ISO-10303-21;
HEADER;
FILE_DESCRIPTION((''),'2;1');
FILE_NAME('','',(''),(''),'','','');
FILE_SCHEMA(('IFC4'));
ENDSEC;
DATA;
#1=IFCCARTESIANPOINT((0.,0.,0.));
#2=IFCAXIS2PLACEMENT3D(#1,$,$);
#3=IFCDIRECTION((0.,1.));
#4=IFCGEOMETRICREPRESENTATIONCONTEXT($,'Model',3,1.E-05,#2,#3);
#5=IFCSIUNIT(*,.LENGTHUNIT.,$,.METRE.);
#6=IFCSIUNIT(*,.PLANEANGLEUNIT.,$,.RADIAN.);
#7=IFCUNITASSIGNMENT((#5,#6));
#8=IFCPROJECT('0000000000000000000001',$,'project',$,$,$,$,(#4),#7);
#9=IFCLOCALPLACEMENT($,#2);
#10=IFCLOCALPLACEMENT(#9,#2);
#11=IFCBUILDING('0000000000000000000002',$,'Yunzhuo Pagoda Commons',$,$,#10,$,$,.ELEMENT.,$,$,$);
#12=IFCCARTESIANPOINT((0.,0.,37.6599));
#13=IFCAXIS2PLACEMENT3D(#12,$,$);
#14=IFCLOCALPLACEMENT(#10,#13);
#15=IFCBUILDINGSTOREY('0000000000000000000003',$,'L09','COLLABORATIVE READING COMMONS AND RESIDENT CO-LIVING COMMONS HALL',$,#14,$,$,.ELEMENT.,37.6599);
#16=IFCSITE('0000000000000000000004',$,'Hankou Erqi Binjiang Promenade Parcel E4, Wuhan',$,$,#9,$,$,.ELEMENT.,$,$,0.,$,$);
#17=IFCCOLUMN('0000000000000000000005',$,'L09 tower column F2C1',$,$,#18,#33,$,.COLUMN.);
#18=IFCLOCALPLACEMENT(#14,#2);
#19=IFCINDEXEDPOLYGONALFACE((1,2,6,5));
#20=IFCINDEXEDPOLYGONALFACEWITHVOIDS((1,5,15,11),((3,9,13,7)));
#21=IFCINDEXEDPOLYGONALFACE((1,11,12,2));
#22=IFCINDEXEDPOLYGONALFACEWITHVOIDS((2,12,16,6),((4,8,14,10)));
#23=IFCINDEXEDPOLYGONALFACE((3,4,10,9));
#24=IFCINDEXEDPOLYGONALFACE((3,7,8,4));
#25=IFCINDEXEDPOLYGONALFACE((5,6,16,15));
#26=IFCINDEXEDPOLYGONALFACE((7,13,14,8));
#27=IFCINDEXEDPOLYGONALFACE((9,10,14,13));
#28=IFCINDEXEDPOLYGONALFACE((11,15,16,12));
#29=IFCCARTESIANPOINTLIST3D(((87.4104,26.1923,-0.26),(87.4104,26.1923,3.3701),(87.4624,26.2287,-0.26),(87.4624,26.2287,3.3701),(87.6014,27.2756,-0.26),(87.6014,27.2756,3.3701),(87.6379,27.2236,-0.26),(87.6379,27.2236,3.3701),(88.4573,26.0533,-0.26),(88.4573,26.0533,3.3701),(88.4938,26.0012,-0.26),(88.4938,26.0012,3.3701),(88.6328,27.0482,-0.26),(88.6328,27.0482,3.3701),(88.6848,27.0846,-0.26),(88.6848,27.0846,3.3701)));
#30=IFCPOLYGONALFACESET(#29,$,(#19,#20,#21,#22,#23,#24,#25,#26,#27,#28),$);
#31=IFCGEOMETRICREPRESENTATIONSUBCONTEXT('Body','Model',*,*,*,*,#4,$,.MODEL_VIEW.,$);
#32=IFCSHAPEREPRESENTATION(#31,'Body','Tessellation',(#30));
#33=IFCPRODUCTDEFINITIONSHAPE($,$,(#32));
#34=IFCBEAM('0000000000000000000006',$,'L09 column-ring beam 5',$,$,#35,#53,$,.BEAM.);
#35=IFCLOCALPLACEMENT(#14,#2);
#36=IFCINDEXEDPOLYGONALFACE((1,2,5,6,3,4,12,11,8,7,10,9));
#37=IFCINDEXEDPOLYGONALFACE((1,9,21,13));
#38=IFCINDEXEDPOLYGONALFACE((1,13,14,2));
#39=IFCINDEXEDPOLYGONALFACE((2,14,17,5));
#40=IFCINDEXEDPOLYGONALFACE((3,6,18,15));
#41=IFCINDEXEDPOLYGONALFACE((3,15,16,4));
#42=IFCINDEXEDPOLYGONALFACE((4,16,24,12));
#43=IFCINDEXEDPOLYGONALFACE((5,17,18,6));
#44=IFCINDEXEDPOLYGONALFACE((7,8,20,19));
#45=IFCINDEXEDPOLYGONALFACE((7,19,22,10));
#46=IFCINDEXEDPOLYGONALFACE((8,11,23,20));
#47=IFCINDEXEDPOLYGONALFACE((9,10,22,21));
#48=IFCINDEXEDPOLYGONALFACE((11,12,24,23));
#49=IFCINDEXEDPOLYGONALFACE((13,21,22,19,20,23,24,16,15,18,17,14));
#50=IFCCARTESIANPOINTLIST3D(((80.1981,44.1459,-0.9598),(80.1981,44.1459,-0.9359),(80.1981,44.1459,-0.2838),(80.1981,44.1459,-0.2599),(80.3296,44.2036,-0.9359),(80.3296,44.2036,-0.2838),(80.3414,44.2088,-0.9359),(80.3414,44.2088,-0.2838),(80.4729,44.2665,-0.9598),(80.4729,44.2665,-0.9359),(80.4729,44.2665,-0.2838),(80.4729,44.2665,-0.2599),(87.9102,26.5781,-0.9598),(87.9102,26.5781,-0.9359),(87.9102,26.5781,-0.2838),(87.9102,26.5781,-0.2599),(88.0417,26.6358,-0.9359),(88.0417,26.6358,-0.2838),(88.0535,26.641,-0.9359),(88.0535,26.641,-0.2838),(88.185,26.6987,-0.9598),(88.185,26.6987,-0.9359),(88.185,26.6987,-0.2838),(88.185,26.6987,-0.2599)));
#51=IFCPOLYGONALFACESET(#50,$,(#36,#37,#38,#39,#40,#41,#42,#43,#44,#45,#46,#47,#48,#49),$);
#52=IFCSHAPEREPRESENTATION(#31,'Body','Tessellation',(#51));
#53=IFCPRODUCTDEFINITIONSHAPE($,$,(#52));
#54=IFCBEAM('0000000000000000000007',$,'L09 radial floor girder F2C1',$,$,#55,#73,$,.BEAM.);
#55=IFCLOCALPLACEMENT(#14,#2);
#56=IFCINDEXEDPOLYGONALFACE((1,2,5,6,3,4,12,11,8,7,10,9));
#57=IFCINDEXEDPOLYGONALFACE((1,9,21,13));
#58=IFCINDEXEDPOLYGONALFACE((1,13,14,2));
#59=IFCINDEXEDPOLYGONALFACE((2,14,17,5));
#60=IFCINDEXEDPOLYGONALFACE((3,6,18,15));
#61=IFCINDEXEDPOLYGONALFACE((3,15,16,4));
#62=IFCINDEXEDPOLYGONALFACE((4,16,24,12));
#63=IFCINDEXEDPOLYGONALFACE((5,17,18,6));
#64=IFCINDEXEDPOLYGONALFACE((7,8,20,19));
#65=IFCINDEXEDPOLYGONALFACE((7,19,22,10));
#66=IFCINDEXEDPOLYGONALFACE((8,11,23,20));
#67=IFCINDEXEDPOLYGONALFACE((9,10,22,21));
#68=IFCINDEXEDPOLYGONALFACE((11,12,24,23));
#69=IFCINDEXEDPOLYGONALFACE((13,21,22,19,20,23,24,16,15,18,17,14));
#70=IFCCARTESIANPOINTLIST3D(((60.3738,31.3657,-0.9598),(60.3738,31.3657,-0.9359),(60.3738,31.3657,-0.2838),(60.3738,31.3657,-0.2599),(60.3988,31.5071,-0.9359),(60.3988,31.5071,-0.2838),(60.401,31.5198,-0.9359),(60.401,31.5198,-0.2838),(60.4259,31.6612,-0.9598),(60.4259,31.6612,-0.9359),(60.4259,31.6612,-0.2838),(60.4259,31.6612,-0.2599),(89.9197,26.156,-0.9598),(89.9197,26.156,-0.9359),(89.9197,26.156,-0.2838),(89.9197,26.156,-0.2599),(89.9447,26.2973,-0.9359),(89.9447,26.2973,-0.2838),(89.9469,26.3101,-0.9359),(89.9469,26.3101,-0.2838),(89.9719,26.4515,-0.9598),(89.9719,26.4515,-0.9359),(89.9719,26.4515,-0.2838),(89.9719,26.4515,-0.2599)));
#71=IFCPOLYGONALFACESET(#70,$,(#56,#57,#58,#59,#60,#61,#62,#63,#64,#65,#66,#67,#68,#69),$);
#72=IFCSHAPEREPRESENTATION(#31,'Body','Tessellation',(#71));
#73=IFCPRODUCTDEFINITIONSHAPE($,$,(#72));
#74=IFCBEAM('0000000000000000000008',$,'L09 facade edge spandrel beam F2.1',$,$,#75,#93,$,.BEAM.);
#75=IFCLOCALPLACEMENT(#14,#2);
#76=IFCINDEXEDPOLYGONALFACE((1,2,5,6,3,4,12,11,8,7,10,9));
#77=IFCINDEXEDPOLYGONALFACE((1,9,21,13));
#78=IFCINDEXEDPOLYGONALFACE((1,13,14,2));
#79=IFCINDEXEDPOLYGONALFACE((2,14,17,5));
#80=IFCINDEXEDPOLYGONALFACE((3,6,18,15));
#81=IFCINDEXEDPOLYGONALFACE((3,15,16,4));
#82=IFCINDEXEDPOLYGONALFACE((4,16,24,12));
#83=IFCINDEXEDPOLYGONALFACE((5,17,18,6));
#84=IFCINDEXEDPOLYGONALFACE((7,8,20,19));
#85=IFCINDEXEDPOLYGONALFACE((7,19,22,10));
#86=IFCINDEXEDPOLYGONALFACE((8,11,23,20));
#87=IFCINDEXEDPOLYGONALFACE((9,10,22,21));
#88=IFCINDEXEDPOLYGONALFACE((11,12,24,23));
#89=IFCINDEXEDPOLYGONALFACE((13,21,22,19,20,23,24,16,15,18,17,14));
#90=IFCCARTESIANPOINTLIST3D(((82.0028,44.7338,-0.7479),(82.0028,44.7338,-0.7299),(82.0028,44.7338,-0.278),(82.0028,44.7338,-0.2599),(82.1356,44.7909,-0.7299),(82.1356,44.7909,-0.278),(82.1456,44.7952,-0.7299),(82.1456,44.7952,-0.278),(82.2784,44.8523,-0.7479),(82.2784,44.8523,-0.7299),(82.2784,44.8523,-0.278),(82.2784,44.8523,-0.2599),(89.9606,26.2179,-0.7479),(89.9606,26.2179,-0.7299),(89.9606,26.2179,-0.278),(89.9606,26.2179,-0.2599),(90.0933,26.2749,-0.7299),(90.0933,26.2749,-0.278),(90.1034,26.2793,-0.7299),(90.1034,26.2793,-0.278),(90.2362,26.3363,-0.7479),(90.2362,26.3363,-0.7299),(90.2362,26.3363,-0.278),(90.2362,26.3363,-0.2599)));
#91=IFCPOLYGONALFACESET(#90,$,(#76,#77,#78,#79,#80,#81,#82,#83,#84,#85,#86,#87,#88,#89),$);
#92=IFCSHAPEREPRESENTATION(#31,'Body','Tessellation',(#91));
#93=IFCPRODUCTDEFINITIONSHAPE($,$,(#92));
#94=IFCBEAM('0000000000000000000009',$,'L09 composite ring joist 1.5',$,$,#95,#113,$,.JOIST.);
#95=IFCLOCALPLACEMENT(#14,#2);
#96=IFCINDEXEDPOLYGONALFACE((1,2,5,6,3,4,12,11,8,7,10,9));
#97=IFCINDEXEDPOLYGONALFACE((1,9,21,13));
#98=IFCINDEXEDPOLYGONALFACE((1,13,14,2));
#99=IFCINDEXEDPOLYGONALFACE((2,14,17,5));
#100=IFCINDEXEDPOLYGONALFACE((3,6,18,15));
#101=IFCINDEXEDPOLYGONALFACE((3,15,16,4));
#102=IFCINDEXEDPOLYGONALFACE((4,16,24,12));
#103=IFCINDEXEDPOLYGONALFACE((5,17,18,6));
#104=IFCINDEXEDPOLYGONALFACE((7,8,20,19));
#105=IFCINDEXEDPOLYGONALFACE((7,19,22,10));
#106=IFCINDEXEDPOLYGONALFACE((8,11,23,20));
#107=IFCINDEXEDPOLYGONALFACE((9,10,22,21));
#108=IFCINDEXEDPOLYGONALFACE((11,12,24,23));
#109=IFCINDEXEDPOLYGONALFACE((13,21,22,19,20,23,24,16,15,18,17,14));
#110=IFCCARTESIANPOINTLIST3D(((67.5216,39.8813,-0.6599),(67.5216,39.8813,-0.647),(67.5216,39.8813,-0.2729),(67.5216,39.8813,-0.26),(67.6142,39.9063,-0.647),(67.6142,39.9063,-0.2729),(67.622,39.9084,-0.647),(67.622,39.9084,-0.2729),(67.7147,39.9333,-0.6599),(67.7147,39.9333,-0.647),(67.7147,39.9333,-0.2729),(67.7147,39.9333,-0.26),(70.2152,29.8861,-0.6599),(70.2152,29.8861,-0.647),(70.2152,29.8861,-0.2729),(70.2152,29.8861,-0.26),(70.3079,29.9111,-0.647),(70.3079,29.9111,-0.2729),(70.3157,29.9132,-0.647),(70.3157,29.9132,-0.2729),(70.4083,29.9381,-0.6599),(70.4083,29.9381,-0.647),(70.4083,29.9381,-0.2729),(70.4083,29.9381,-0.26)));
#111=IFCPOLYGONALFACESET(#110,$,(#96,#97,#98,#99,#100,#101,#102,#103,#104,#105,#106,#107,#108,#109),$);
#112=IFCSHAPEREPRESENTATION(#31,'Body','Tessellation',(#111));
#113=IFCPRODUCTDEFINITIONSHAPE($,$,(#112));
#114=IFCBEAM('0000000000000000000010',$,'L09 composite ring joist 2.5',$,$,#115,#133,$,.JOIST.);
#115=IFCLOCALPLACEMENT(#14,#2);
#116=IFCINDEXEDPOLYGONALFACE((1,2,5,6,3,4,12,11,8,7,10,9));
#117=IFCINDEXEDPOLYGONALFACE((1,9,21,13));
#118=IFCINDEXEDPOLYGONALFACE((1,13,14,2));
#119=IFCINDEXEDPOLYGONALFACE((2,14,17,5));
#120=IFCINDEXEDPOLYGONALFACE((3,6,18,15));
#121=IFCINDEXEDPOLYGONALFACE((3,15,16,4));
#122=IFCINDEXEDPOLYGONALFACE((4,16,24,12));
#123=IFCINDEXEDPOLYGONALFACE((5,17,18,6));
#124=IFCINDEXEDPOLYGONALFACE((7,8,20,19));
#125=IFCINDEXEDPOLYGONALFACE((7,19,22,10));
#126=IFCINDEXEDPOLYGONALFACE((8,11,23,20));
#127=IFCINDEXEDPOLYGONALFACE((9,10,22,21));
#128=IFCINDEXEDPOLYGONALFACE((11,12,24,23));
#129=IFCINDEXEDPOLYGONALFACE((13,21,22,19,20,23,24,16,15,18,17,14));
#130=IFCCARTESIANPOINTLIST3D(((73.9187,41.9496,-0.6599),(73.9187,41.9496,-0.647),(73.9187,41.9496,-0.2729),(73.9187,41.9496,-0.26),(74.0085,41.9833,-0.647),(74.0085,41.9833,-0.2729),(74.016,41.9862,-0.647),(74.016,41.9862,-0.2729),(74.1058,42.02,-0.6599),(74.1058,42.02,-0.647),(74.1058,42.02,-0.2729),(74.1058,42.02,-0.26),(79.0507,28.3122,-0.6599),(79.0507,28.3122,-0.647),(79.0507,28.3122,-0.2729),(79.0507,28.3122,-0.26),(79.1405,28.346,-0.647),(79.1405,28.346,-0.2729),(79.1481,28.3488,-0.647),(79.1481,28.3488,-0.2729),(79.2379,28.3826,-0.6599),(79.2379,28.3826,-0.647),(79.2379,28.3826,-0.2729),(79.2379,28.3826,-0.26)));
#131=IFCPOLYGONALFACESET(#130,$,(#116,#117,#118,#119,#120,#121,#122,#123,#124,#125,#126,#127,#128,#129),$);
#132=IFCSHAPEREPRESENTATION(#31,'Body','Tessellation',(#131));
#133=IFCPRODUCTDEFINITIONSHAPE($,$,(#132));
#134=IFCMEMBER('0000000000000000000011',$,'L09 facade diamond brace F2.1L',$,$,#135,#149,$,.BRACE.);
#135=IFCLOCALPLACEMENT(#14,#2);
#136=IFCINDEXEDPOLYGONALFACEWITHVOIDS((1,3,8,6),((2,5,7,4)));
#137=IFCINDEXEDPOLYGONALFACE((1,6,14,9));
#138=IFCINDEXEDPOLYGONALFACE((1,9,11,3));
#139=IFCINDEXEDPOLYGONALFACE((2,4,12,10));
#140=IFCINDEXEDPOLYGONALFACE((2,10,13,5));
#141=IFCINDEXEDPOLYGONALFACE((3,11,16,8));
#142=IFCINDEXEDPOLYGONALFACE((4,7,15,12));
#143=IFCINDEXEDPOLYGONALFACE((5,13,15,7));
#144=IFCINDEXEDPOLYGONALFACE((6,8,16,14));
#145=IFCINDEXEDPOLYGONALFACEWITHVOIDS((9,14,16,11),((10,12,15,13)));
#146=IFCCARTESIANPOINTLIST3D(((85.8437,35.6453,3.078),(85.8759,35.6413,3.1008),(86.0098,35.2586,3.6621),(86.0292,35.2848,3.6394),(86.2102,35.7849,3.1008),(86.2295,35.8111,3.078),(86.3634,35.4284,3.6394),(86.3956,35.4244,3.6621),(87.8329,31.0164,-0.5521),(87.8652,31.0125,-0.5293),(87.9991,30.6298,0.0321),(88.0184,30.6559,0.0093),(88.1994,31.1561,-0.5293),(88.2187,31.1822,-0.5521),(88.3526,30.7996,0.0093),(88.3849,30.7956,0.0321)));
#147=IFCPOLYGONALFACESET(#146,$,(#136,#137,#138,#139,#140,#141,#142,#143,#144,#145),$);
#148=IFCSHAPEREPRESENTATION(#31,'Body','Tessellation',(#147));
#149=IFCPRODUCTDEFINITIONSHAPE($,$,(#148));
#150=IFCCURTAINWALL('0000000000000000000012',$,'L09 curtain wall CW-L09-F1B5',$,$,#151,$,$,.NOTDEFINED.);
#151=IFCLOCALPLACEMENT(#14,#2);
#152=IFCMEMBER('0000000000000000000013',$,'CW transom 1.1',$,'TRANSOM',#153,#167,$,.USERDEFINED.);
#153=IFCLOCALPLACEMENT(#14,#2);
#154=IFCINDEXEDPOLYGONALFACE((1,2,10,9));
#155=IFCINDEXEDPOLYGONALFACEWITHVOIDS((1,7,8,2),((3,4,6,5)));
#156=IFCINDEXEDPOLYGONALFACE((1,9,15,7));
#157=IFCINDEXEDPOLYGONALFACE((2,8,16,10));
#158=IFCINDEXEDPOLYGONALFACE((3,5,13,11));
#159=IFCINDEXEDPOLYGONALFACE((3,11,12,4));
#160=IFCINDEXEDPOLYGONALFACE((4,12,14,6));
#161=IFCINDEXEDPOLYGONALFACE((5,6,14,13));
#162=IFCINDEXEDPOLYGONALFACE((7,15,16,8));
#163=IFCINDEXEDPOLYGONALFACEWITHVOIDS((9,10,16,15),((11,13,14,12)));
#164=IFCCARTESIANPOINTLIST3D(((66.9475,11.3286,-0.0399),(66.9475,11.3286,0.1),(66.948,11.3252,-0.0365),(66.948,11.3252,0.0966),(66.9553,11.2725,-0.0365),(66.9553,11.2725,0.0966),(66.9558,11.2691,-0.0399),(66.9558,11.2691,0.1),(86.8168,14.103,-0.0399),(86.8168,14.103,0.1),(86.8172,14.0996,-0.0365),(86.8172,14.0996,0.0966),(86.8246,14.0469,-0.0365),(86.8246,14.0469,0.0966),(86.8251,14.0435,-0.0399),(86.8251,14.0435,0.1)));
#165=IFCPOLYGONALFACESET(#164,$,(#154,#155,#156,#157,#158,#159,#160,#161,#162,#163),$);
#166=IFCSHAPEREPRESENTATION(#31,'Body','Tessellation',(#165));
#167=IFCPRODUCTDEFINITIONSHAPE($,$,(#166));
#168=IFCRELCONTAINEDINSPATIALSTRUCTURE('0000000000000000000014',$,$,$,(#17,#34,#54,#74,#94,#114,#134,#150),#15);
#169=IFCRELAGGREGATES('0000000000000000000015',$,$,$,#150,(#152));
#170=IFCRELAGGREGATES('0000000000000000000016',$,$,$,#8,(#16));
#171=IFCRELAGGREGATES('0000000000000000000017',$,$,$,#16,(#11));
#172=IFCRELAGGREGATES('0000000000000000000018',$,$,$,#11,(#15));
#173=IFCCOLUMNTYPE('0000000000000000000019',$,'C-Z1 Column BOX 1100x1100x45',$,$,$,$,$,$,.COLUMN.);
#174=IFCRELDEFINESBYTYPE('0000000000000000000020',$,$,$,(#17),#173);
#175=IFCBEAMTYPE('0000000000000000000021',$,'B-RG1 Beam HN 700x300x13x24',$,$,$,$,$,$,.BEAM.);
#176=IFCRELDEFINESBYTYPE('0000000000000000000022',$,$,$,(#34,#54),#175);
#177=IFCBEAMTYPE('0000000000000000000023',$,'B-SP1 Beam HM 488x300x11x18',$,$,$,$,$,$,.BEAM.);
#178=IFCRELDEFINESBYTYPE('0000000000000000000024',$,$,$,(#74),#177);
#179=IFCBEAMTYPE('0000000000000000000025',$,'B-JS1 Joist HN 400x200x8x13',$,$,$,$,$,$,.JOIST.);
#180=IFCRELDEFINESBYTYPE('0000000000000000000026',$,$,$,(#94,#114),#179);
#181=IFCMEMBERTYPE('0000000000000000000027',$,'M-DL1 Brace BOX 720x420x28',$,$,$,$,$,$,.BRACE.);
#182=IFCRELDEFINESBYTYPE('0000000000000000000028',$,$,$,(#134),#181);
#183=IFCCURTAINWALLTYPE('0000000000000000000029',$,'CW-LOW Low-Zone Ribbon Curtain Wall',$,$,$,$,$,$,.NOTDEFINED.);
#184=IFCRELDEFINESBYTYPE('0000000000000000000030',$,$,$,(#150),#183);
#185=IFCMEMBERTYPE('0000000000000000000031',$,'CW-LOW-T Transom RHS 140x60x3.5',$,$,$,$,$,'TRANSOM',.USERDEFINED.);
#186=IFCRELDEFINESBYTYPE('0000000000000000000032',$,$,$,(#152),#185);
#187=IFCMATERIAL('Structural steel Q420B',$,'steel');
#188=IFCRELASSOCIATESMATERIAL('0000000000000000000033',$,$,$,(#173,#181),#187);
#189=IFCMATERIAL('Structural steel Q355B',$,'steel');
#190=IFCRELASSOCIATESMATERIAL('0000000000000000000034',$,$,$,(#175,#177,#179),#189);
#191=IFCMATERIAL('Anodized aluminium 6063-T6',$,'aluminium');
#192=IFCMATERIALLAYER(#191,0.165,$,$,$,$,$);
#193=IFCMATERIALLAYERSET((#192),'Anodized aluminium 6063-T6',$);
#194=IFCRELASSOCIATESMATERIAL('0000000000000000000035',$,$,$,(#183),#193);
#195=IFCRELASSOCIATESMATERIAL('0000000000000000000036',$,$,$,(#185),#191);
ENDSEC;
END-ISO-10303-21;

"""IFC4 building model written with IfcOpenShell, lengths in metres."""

from ifc_helpers import new_model, si_unit, direction, frame, origin, origin_2d, place, context, subcontext, project, spatial, hollow_rectangle, i_section, extrude, source, transform, mapped, material, layer, layer_set, material_profile, profile_set, type_object, element, aggregate, save


model = new_model("IFC4")

# Units and contexts
model_context = context("Model", 3, precision=1e-05, world=origin(), true_north=direction((0.0, 1.0)))
body_context = subcontext(model_context, "Body", "Model", "MODEL_VIEW")
ifc_project = project(units=[si_unit("LENGTHUNIT", "METRE"), si_unit("PLANEANGLEUNIT", "RADIAN")], contexts=[model_context])

# Site, building, storey
site_placement = place(None, origin())
site = spatial("IfcSite", under=ifc_project, at=site_placement, Name="Hankou Erqi Binjiang Promenade Parcel E4, Wuhan", CompositionType="ELEMENT", RefElevation=0.0)
building_placement = place(site_placement, origin())
building = spatial("IfcBuilding", under=site, at=building_placement, Name="Yunzhuo Pagoda Commons", CompositionType="ELEMENT")
storey_placement = place(building_placement, frame((0.0, 0.0, 37.6599)))
storey = spatial("IfcBuildingStorey", under=building, at=storey_placement, Name="L09", Description="COLLABORATIVE READING COMMONS AND RESIDENT CO-LIVING COMMONS HALL", CompositionType="ELEMENT", Elevation=37.6599)

# Column
ifc_material_1 = material(Name="Structural steel Q420B", Category="steel")
ifc_material_profile_1 = material_profile(ifc_material_1, hollow_rectangle(XDim=1.1001, YDim=1.1001, WallThickness=0.0449, at=origin_2d()), Name="Structural steel Q420B")
ifc_profile_set_1 = profile_set([ifc_material_profile_1], Name="Structural steel Q420B")
column_type = type_object("IfcColumnType", Name="C-Z1 Column BOX 1100x1100x45", PredefinedType="COLUMN", material=ifc_profile_set_1)
shared_shape_1 = source(origin(), body_context, "Body", "SweptSolid", [
    extrude(hollow_rectangle(XDim=1.1001, YDim=1.1001, WallThickness=0.0449, at=origin_2d()), origin(), (0.0, 0.0, 1.0), 3.6301),
])
column_placement = place(storey_placement, frame((88.0476, 26.6384, -0.26), z_axis=(0.0, 0.0, 1.0), x_axis=(0.173648, 0.984808, 0.0)))
element("IfcColumn", 1, at=column_placement, inside=storey, type_object=column_type, Name="L09 tower column F2C1", PredefinedType="COLUMN", context=body_context, shape_type="MappedRepresentation", body=[
    mapped(shared_shape_1, transform((0.0, 0.0, 0.0), scale=1.0)),
])

# Beams
ifc_material_2 = material(Name="Structural steel Q355B", Category="steel")
ifc_material_profile_2 = material_profile(ifc_material_2, i_section(OverallWidth=0.3, OverallDepth=0.7, WebThickness=0.0129, FlangeThickness=0.0239, at=origin_2d()), Name="Structural steel Q355B")
ifc_profile_set_2 = profile_set([ifc_material_profile_2], Name="Structural steel Q355B")
beam_type_1 = type_object("IfcBeamType", Name="B-RG1 Beam HN 700x300x13x24", PredefinedType="BEAM", material=ifc_profile_set_2)
shared_shape_2 = source(origin(), body_context, "Body", "SweptSolid", [
    extrude(i_section(OverallWidth=0.3, OverallDepth=0.7, WebThickness=0.0129, FlangeThickness=0.0239, at=origin_2d()), origin(), (0.0, 0.0, 1.0), 19.186),
])
beam_1_placement = place(storey_placement, frame((88.0476, 26.6384, -0.6099), z_axis=(-0.401965, 0.915655, 0.0), x_axis=(-0.915655, -0.401965, 0.0)))
element("IfcBeam", 2, at=beam_1_placement, inside=storey, type_object=beam_type_1, Name="L09 column-ring beam 5", PredefinedType="BEAM", context=body_context, shape_type="MappedRepresentation", body=[
    mapped(shared_shape_2, transform((0.0, 0.0, 0.0), scale=1.0)),
])
shared_shape_3 = source(origin(), body_context, "Body", "SweptSolid", [
    extrude(i_section(OverallWidth=0.3, OverallDepth=0.7, WebThickness=0.0129, FlangeThickness=0.0239, at=origin_2d()), origin(), (0.0, 0.0, 1.0), 30.0017),
])
beam_2_placement = place(storey_placement, frame((89.9458, 26.3037, -0.6099), z_axis=(-0.984808, 0.173647, 0.0), x_axis=(-0.173647, -0.984808, 0.0)))
element("IfcBeam", 3, at=beam_2_placement, inside=storey, type_object=beam_type_1, Name="L09 radial floor girder F2C1", PredefinedType="BEAM", context=body_context, shape_type="MappedRepresentation", body=[
    mapped(shared_shape_3, transform((0.0, 0.0, 0.0), scale=1.0)),
])
ifc_material_profile_3 = material_profile(ifc_material_2, i_section(OverallWidth=0.3, OverallDepth=0.488, WebThickness=0.011, FlangeThickness=0.0181, at=origin_2d()), Name="Structural steel Q355B")
ifc_profile_set_3 = profile_set([ifc_material_profile_3], Name="Structural steel Q355B")
beam_type_2 = type_object("IfcBeamType", Name="B-SP1 Beam HM 488x300x11x18", PredefinedType="BEAM", material=ifc_profile_set_3)
shared_shape_4 = source(origin(), body_context, "Body", "SweptSolid", [
    extrude(i_section(OverallWidth=0.3, OverallDepth=0.488, WebThickness=0.011, FlangeThickness=0.0181, at=origin_2d()), origin(), (0.0, 0.0, 1.0), 20.1536),
])
beam_3_placement = place(storey_placement, frame((90.0984, 26.2771, -0.5039), z_axis=(-0.394858, 0.918742, 0.0), x_axis=(-0.918742, -0.394858, 0.0)))
element("IfcBeam", 4, at=beam_3_placement, inside=storey, type_object=beam_type_2, Name="L09 facade edge spandrel beam F2.1", PredefinedType="BEAM", context=body_context, shape_type="MappedRepresentation", body=[
    mapped(shared_shape_4, transform((0.0, 0.0, 0.0), scale=1.0)),
])
ifc_material_profile_4 = material_profile(ifc_material_2, i_section(OverallWidth=0.2, OverallDepth=0.3999, WebThickness=0.0081, FlangeThickness=0.0129, at=origin_2d()), Name="Structural steel Q355B")
ifc_profile_set_4 = profile_set([ifc_material_profile_4], Name="Structural steel Q355B")
beam_type_3 = type_object("IfcBeamType", Name="B-JS1 Joist HN 400x200x8x13", PredefinedType="JOIST", material=ifc_profile_set_4)
shared_shape_5 = source(origin(), body_context, "Body", "SweptSolid", [
    extrude(i_section(OverallWidth=0.2, OverallDepth=0.3999, WebThickness=0.0081, FlangeThickness=0.0129, at=origin_2d()), origin(), (0.0, 0.0, 1.0), 10.3518),
])
beam_4_placement = place(storey_placement, frame((70.3118, 29.9121, -0.46), z_axis=(-0.260209, 0.965552, 0.0), x_axis=(-0.965552, -0.260209, 0.0)))
element("IfcBeam", 5, at=beam_4_placement, inside=storey, type_object=beam_type_3, Name="L09 composite ring joist 1.5", PredefinedType="JOIST", context=body_context, shape_type="MappedRepresentation", body=[
    mapped(shared_shape_5, transform((0.0, 0.0, 0.0), scale=1.0)),
])
shared_shape_6 = source(origin(), body_context, "Body", "SweptSolid", [
    extrude(i_section(OverallWidth=0.2, OverallDepth=0.3999, WebThickness=0.0081, FlangeThickness=0.0129, at=origin_2d()), origin(), (0.0, 0.0, 1.0), 14.571),
])
beam_5_placement = place(storey_placement, frame((79.1443, 28.3474, -0.46), z_axis=(-0.352208, 0.935922, 0.0), x_axis=(-0.935922, -0.352208, 0.0)))
element("IfcBeam", 6, at=beam_5_placement, inside=storey, type_object=beam_type_3, Name="L09 composite ring joist 2.5", PredefinedType="JOIST", context=body_context, shape_type="MappedRepresentation", body=[
    mapped(shared_shape_6, transform((0.0, 0.0, 0.0), scale=1.0)),
])

# Member
ifc_material_profile_5 = material_profile(ifc_material_1, hollow_rectangle(XDim=0.4199, YDim=0.72, WallThickness=0.0281, at=origin_2d()), Name="Structural steel Q420B")
ifc_profile_set_5 = profile_set([ifc_material_profile_5], Name="Structural steel Q420B")
member_type_1 = type_object("IfcMemberType", Name="M-DL1 Brace BOX 720x420x28", PredefinedType="BRACE", material=ifc_profile_set_5)
shared_shape_7 = source(origin(), body_context, "Body", "SweptSolid", [
    extrude(hollow_rectangle(XDim=0.4199, YDim=0.72, WallThickness=0.0281, at=origin_2d()), origin(), (0.0, 0.0, 1.0), 6.2097),
])
member_1_placement = place(storey_placement, frame((88.1089, 30.906, -0.26), z_axis=(-0.320341, 0.745418, 0.584579), x_axis=(-0.918754, -0.394831, 0.0)))
element("IfcMember", 7, at=member_1_placement, inside=storey, type_object=member_type_1, Name="L09 facade diamond brace F2.1L", PredefinedType="BRACE", context=body_context, shape_type="MappedRepresentation", body=[
    mapped(shared_shape_7, transform((0.0, 0.0, 0.0), scale=1.0)),
])

# Curtain wall, member
ifc_material_3 = material(Name="Anodized aluminium 6063-T6", Category="aluminium")
ifc_layer_1 = layer(ifc_material_3, 0.165)
ifc_layer_set_1 = layer_set([ifc_layer_1], Name="Anodized aluminium 6063-T6")
curtain_wall_type = type_object("IfcCurtainWallType", Name="CW-LOW Low-Zone Ribbon Curtain Wall", PredefinedType="NOTDEFINED", material=ifc_layer_set_1)
curtain_wall_1_placement = place(storey_placement, origin())
curtain_wall_1 = element("IfcCurtainWall", 8, at=curtain_wall_1_placement, inside=storey, type_object=curtain_wall_type, Name="L09 curtain wall CW-L09-F1B5", PredefinedType="NOTDEFINED")
ifc_material_profile_6 = material_profile(ifc_material_3, hollow_rectangle(XDim=0.0601, YDim=0.1399, WallThickness=0.0034, at=origin_2d()), Name="Anodized aluminium 6063-T6")
ifc_profile_set_6 = profile_set([ifc_material_profile_6], Name="Anodized aluminium 6063-T6")
member_type_2 = type_object("IfcMemberType", Name="CW-LOW-T Transom RHS 140x60x3.5", ElementType="TRANSOM", PredefinedType="USERDEFINED", material=ifc_profile_set_6)
shared_shape_8 = source(origin(), body_context, "Body", "SweptSolid", [
    extrude(hollow_rectangle(XDim=0.0601, YDim=0.1399, WallThickness=0.0034, at=origin_2d()), origin(), (0.0, 0.0, 1.0), 20.062),
])
member_2_placement = place(storey_placement, frame((66.9517, 11.2988, 0.03), z_axis=(0.990391, 0.138293, 0.0), x_axis=(-0.138293, 0.990391, 0.0)))
member_2 = element("IfcMember", 9, at=member_2_placement, type_object=member_type_2, Name="CW transom 1.1", ObjectType="TRANSOM", PredefinedType="USERDEFINED", context=body_context, shape_type="MappedRepresentation", body=[
    mapped(shared_shape_8, transform((0.0, 0.0, 0.0), scale=1.0)),
])

aggregate(curtain_wall_1, [member_2])

save(model, "model.ifc")
